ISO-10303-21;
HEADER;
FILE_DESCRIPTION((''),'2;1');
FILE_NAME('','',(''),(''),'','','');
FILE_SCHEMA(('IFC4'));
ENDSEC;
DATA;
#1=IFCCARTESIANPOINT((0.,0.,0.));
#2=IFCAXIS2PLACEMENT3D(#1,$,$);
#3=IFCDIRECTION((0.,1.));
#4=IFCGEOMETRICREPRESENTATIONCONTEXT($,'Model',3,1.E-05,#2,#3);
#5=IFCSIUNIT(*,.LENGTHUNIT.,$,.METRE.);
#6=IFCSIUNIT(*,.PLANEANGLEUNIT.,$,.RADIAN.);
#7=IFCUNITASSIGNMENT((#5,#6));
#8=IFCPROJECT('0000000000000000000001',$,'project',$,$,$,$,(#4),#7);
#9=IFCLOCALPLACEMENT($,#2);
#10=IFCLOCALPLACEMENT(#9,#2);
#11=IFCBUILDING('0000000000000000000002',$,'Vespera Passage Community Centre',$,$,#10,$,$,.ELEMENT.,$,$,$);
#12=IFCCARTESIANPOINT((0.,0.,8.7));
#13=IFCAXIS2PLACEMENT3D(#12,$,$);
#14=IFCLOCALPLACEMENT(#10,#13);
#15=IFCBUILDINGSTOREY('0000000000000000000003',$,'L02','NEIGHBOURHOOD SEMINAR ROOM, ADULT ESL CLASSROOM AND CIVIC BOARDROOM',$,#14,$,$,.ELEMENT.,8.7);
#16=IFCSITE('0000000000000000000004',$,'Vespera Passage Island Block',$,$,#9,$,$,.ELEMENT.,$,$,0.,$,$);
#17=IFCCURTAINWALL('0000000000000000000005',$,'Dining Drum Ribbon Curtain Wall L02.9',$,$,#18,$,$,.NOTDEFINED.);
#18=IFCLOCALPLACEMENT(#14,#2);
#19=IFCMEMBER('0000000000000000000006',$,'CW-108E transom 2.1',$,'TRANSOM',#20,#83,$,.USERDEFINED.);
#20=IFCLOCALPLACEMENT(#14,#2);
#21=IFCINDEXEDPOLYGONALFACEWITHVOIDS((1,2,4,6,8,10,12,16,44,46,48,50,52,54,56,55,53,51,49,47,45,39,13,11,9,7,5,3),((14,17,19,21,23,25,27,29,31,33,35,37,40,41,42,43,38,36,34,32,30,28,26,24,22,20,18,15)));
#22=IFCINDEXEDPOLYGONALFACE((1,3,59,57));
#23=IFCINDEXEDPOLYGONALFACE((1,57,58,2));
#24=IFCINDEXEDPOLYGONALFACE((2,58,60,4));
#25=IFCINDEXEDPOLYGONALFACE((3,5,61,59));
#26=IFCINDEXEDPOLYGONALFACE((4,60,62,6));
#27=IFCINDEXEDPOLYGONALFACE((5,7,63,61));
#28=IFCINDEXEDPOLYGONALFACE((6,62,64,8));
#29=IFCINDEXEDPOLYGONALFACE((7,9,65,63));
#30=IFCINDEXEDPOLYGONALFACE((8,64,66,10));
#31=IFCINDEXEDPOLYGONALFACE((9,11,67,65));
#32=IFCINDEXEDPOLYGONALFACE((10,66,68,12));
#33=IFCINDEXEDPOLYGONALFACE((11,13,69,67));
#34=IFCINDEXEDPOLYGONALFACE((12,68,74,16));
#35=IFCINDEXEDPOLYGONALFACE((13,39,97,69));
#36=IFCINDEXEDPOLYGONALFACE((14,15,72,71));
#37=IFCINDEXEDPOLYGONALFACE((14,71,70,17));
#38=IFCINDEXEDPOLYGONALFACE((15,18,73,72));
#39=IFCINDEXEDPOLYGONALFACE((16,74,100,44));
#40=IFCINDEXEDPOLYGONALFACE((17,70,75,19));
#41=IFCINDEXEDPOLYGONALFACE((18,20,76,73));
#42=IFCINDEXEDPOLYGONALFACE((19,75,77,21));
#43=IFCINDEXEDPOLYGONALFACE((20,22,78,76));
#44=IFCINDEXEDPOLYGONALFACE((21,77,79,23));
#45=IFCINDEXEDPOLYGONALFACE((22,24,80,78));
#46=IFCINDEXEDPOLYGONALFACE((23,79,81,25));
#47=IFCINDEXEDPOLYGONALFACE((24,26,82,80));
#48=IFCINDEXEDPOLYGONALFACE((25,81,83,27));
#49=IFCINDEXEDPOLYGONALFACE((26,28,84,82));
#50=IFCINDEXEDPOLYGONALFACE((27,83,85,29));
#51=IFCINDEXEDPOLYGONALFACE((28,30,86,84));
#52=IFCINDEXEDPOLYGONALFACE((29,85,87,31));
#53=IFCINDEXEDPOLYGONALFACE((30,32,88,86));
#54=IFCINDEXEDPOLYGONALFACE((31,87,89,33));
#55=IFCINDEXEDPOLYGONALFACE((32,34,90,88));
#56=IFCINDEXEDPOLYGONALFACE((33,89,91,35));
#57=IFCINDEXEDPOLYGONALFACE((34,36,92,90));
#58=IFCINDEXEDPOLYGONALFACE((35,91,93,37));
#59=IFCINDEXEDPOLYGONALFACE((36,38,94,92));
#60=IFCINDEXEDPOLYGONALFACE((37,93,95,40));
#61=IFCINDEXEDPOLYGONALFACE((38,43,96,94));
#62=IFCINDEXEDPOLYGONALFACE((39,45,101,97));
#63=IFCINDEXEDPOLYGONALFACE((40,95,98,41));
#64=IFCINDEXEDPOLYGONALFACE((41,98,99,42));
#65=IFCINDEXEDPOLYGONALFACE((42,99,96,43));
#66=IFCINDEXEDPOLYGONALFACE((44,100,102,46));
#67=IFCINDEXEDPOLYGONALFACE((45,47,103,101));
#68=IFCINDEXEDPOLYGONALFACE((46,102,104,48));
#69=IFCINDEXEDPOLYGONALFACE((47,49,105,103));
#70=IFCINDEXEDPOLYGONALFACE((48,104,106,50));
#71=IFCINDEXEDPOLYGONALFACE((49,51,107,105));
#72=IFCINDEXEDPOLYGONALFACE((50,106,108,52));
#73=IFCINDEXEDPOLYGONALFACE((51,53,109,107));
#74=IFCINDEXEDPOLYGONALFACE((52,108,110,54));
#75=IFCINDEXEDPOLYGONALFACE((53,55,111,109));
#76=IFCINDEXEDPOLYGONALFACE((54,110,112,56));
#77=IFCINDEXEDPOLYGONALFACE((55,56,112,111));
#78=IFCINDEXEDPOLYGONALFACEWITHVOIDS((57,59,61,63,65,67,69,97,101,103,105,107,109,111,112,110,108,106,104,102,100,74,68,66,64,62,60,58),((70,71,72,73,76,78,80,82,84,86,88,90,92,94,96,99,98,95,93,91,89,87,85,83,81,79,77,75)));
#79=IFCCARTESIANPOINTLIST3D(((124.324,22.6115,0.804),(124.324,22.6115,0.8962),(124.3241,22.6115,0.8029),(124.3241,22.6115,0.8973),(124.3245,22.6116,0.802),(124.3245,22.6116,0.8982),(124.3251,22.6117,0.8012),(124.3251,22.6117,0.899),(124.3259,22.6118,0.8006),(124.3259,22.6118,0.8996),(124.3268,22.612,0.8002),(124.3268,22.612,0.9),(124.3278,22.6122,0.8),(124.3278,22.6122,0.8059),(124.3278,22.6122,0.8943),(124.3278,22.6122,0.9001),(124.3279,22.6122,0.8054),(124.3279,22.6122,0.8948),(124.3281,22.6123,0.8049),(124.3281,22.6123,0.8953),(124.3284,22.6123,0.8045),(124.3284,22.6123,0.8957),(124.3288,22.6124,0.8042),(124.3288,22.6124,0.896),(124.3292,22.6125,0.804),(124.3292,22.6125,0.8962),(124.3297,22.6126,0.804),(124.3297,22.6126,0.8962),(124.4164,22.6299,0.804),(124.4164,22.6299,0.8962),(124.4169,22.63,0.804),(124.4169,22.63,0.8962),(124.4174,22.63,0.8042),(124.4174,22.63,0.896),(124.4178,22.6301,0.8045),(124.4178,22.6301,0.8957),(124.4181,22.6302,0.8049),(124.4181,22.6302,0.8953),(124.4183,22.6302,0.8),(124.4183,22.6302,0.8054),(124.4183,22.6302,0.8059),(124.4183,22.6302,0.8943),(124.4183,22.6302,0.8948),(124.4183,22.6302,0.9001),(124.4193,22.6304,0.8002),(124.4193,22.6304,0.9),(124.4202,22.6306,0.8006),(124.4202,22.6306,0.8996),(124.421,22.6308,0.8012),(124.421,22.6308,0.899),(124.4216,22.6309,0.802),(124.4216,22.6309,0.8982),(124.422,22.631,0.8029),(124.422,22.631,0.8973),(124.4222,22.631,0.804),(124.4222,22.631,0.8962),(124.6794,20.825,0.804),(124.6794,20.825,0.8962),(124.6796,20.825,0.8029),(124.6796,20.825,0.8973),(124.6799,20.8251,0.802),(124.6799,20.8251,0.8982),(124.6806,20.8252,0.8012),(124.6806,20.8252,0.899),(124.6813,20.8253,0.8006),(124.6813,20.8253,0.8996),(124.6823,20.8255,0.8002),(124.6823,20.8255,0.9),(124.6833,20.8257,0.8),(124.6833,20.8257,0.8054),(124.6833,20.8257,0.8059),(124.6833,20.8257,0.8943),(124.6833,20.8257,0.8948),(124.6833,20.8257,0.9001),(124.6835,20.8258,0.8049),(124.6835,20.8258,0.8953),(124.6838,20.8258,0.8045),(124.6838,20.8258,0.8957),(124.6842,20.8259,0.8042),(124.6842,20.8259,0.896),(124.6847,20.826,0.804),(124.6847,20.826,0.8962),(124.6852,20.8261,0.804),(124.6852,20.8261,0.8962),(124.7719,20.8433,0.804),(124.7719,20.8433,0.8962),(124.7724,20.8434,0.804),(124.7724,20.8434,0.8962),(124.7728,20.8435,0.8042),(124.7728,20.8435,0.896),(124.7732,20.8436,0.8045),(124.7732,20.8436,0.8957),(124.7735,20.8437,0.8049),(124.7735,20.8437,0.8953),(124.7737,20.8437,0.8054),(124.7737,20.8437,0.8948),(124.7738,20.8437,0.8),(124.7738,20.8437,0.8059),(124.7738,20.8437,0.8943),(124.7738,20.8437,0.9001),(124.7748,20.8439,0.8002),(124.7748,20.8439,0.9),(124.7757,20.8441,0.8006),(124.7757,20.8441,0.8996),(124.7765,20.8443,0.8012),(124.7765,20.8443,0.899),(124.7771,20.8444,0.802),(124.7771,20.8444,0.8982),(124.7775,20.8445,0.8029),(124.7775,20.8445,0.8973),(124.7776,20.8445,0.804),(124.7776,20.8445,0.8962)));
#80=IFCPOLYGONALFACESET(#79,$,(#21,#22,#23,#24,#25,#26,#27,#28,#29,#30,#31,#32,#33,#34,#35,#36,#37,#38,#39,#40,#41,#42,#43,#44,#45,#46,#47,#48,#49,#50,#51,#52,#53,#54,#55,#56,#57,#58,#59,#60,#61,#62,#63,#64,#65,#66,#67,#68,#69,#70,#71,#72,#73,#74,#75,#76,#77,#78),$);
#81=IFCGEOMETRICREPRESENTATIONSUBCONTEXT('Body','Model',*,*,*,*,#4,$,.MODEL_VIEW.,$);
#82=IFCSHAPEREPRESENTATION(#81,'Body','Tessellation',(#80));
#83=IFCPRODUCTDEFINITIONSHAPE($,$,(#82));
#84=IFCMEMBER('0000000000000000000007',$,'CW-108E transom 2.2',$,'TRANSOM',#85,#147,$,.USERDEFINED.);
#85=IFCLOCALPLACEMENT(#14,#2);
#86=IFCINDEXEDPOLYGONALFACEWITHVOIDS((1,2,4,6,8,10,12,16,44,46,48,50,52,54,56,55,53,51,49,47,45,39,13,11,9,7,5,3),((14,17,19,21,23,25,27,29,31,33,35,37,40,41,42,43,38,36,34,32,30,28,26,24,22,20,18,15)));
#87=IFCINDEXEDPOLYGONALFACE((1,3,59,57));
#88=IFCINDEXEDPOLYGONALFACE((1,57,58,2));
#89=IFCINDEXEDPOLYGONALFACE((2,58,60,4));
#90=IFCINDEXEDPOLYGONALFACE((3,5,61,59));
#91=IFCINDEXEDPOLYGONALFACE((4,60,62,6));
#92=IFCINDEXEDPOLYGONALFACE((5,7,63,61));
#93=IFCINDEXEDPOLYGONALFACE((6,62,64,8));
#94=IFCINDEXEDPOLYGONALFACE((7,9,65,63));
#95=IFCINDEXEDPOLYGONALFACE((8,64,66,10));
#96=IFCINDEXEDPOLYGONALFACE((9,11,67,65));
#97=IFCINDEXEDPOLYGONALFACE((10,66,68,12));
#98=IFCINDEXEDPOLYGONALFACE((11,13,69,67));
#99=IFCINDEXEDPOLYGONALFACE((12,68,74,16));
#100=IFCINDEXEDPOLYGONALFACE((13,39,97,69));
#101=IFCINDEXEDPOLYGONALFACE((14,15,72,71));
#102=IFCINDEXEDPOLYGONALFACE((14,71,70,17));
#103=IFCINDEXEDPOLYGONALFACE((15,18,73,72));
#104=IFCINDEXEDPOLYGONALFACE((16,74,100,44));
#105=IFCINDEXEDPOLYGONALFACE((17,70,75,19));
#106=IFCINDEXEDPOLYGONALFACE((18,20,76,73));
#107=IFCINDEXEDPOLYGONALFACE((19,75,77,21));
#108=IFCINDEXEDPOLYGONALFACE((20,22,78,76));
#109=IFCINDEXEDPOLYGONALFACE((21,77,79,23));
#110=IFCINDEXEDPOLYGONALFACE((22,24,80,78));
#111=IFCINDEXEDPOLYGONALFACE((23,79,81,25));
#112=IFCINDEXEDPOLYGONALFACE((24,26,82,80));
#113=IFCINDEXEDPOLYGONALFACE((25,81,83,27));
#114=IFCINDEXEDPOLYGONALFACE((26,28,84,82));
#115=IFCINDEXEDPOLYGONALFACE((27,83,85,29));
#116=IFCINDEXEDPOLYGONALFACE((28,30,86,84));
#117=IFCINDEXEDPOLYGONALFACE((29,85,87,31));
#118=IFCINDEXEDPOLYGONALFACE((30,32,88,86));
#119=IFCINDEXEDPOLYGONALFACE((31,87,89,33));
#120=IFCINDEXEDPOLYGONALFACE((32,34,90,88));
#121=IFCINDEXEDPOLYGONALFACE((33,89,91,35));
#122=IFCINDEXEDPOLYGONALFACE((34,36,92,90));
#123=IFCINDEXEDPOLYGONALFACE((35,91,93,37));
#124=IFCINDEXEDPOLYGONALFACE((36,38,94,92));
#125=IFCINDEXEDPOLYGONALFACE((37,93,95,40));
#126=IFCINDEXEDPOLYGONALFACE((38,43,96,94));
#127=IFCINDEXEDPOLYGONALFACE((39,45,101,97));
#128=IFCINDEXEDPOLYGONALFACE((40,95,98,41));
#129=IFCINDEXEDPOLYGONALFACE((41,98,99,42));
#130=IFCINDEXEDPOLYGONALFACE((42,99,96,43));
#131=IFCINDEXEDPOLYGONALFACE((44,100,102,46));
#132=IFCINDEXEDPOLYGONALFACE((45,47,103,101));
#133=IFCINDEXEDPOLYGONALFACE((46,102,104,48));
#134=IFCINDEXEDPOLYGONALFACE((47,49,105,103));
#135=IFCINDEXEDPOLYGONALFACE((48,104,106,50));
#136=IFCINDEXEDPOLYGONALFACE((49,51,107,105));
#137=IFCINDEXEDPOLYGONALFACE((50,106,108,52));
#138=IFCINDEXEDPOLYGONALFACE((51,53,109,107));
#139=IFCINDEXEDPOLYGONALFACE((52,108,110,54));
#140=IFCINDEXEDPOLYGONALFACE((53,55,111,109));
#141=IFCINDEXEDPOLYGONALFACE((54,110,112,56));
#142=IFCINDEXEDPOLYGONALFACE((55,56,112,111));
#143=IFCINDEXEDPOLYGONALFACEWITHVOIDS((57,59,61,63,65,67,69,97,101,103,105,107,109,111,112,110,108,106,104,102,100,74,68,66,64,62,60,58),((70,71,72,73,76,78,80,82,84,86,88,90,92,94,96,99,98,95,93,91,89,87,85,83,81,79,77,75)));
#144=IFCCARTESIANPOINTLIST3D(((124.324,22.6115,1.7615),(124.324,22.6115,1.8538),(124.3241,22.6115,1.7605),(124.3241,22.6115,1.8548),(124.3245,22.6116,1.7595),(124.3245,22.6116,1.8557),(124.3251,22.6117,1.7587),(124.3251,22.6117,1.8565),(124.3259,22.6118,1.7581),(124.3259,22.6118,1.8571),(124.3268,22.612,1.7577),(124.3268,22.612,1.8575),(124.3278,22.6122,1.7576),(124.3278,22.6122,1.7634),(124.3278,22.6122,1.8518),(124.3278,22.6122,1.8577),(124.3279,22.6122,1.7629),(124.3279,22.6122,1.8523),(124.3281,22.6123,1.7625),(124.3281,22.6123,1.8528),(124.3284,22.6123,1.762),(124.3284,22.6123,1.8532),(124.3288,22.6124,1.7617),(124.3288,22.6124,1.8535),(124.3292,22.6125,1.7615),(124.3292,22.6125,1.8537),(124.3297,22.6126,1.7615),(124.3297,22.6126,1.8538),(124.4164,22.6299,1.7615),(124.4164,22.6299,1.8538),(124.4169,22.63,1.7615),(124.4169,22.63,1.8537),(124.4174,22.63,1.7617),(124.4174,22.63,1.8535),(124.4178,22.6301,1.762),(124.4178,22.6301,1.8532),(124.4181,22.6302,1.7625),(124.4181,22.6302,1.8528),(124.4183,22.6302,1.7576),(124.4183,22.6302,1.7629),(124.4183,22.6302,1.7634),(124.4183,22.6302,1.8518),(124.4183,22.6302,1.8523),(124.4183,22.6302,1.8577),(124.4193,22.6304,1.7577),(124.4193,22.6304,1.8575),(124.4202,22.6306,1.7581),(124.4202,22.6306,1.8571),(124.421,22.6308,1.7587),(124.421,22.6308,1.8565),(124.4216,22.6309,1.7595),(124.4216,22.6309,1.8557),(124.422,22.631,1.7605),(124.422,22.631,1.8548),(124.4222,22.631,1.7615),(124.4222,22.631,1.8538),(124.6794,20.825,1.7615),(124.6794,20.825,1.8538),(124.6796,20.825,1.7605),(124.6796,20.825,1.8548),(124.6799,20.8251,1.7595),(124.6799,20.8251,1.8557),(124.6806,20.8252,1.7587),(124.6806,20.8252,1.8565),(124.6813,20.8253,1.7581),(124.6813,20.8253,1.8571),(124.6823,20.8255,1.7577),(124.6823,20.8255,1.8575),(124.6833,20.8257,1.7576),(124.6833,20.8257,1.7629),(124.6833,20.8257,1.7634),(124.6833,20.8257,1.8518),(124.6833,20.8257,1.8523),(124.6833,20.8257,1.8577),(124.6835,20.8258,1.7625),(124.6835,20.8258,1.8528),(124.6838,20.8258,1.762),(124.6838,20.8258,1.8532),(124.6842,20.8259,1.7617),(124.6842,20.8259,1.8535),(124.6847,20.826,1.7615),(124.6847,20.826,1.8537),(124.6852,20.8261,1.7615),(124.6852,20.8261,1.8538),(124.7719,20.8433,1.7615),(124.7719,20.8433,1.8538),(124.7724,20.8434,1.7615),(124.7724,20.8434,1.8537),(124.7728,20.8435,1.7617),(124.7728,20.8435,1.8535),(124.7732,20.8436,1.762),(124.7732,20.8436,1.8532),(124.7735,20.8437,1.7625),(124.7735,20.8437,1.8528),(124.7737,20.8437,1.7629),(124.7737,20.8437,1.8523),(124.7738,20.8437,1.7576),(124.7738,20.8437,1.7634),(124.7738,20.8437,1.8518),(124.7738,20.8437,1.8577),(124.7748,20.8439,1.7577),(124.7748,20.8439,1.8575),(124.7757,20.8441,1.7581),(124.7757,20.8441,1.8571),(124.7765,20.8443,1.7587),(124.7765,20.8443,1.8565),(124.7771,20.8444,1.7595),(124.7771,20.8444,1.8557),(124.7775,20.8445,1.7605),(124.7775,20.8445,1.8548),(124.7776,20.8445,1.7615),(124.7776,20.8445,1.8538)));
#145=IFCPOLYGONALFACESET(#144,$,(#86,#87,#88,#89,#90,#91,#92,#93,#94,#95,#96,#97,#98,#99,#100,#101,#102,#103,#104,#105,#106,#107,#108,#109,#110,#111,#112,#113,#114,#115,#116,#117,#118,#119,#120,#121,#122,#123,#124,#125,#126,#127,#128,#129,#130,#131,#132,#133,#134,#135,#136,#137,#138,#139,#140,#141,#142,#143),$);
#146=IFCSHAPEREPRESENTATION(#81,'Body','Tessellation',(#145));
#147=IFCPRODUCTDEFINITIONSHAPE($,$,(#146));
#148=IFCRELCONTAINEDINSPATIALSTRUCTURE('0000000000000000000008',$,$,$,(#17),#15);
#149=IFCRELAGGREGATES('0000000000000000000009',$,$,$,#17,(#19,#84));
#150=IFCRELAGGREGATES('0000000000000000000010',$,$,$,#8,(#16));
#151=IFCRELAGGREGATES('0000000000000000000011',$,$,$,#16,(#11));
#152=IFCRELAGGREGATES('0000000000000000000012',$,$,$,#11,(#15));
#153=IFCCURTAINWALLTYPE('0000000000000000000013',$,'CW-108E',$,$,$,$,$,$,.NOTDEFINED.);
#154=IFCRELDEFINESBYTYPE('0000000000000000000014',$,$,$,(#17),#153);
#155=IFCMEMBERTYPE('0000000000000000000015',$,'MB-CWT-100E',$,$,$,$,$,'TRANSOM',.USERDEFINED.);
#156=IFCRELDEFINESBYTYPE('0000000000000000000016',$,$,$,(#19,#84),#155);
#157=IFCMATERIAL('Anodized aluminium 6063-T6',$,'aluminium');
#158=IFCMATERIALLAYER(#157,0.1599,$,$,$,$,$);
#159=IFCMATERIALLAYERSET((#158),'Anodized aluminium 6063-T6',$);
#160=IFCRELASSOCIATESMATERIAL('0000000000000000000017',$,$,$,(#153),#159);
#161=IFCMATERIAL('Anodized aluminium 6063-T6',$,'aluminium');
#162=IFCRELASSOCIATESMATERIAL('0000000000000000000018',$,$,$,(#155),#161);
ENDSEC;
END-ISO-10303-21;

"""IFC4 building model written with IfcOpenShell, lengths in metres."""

from ifc_helpers import new_model, si_unit, direction, frame, origin, origin_2d, place, context, subcontext, project, spatial, hollow_rectangle, extrude, material, layer, layer_set, material_profile, profile_set, type_object, element, aggregate, save


model = new_model("IFC4")

# Units and contexts
model_context = context("Model", 3, precision=1e-05, world=origin(), true_north=direction((0.0, 1.0)))
body_context = subcontext(model_context, "Body", "Model", "MODEL_VIEW")
ifc_project = project(units=[si_unit("LENGTHUNIT", "METRE"), si_unit("PLANEANGLEUNIT", "RADIAN")], contexts=[model_context])

# Site, building, storey
site_placement = place(None, origin())
site = spatial("IfcSite", under=ifc_project, at=site_placement, Name="Vespera Passage Island Block", CompositionType="ELEMENT", RefElevation=0.0)
building_placement = place(site_placement, origin())
building = spatial("IfcBuilding", under=site, at=building_placement, Name="Vespera Passage Community Centre", CompositionType="ELEMENT")
storey_placement = place(building_placement, frame((0.0, 0.0, 8.7)))
storey = spatial("IfcBuildingStorey", under=building, at=storey_placement, Name="L02", Description="NEIGHBOURHOOD SEMINAR ROOM, ADULT ESL CLASSROOM AND CIVIC BOARDROOM", CompositionType="ELEMENT", Elevation=8.7)

# Shared definitions
ifc_material_1 = material(Name="Anodized aluminium 6063-T6", Category="aluminium")
ifc_layer_1 = layer(ifc_material_1, 0.1599)
ifc_layer_set_1 = layer_set([ifc_layer_1], Name="Anodized aluminium 6063-T6")
curtain_wall_type_1 = type_object("IfcCurtainWallType", Name="CW-108E", PredefinedType="NOTDEFINED", material=ifc_layer_set_1)

# Curtain wall
curtain_wall_1_placement = place(storey_placement, origin())
curtain_wall_1 = element("IfcCurtainWall", 1, at=curtain_wall_1_placement, inside=storey, type_object=curtain_wall_type_1, Name="Dining Drum Ribbon Curtain Wall L02.9", PredefinedType="NOTDEFINED")

# Members
ifc_material_2 = material(Name="Anodized aluminium 6063-T6", Category="aluminium")
ifc_material_profile_1 = material_profile(ifc_material_2, hollow_rectangle(XDim=0.1001, YDim=0.1001, WallThickness=0.0039, InnerFilletRadius=0.002, OuterFilletRadius=0.0039, at=origin_2d()), Name="ALU100X100X4")
ifc_profile_set_1 = profile_set([ifc_material_profile_1], Name="Anodized aluminium 6063-T6")
member_type_1 = type_object("IfcMemberType", Name="MB-CWT-100E", ElementType="TRANSOM", PredefinedType="USERDEFINED", material=ifc_profile_set_1)
member_1_placement = place(storey_placement, frame((124.7285, 20.8347, 0.8501), z_axis=(-0.195137, 0.980776, 0.0), x_axis=(-0.980776, -0.195137, 0.0)))
member_1 = element("IfcMember", 2, at=member_1_placement, type_object=member_type_1, Name="CW-108E transom 2.1", ObjectType="TRANSOM", PredefinedType="USERDEFINED", context=body_context, shape_type="SweptSolid", body=[
    extrude(hollow_rectangle(XDim=0.1001, YDim=0.1001, WallThickness=0.0039, InnerFilletRadius=0.002, OuterFilletRadius=0.0039, at=origin_2d()), origin(), (0.0, 0.0, 1.0), 1.8215),
])
member_2_placement = place(storey_placement, frame((124.7285, 20.8347, 1.8076), z_axis=(-0.195137, 0.980776, 0.0), x_axis=(-0.980776, -0.195137, 0.0)))
member_2 = element("IfcMember", 3, at=member_2_placement, type_object=member_type_1, Name="CW-108E transom 2.2", ObjectType="TRANSOM", PredefinedType="USERDEFINED", context=body_context, shape_type="SweptSolid", body=[
    extrude(hollow_rectangle(XDim=0.1001, YDim=0.1001, WallThickness=0.0039, InnerFilletRadius=0.002, OuterFilletRadius=0.0039, at=origin_2d()), origin(), (0.0, 0.0, 1.0), 1.8215),
])

aggregate(curtain_wall_1, [member_1, member_2])

save(model, "model.ifc")
